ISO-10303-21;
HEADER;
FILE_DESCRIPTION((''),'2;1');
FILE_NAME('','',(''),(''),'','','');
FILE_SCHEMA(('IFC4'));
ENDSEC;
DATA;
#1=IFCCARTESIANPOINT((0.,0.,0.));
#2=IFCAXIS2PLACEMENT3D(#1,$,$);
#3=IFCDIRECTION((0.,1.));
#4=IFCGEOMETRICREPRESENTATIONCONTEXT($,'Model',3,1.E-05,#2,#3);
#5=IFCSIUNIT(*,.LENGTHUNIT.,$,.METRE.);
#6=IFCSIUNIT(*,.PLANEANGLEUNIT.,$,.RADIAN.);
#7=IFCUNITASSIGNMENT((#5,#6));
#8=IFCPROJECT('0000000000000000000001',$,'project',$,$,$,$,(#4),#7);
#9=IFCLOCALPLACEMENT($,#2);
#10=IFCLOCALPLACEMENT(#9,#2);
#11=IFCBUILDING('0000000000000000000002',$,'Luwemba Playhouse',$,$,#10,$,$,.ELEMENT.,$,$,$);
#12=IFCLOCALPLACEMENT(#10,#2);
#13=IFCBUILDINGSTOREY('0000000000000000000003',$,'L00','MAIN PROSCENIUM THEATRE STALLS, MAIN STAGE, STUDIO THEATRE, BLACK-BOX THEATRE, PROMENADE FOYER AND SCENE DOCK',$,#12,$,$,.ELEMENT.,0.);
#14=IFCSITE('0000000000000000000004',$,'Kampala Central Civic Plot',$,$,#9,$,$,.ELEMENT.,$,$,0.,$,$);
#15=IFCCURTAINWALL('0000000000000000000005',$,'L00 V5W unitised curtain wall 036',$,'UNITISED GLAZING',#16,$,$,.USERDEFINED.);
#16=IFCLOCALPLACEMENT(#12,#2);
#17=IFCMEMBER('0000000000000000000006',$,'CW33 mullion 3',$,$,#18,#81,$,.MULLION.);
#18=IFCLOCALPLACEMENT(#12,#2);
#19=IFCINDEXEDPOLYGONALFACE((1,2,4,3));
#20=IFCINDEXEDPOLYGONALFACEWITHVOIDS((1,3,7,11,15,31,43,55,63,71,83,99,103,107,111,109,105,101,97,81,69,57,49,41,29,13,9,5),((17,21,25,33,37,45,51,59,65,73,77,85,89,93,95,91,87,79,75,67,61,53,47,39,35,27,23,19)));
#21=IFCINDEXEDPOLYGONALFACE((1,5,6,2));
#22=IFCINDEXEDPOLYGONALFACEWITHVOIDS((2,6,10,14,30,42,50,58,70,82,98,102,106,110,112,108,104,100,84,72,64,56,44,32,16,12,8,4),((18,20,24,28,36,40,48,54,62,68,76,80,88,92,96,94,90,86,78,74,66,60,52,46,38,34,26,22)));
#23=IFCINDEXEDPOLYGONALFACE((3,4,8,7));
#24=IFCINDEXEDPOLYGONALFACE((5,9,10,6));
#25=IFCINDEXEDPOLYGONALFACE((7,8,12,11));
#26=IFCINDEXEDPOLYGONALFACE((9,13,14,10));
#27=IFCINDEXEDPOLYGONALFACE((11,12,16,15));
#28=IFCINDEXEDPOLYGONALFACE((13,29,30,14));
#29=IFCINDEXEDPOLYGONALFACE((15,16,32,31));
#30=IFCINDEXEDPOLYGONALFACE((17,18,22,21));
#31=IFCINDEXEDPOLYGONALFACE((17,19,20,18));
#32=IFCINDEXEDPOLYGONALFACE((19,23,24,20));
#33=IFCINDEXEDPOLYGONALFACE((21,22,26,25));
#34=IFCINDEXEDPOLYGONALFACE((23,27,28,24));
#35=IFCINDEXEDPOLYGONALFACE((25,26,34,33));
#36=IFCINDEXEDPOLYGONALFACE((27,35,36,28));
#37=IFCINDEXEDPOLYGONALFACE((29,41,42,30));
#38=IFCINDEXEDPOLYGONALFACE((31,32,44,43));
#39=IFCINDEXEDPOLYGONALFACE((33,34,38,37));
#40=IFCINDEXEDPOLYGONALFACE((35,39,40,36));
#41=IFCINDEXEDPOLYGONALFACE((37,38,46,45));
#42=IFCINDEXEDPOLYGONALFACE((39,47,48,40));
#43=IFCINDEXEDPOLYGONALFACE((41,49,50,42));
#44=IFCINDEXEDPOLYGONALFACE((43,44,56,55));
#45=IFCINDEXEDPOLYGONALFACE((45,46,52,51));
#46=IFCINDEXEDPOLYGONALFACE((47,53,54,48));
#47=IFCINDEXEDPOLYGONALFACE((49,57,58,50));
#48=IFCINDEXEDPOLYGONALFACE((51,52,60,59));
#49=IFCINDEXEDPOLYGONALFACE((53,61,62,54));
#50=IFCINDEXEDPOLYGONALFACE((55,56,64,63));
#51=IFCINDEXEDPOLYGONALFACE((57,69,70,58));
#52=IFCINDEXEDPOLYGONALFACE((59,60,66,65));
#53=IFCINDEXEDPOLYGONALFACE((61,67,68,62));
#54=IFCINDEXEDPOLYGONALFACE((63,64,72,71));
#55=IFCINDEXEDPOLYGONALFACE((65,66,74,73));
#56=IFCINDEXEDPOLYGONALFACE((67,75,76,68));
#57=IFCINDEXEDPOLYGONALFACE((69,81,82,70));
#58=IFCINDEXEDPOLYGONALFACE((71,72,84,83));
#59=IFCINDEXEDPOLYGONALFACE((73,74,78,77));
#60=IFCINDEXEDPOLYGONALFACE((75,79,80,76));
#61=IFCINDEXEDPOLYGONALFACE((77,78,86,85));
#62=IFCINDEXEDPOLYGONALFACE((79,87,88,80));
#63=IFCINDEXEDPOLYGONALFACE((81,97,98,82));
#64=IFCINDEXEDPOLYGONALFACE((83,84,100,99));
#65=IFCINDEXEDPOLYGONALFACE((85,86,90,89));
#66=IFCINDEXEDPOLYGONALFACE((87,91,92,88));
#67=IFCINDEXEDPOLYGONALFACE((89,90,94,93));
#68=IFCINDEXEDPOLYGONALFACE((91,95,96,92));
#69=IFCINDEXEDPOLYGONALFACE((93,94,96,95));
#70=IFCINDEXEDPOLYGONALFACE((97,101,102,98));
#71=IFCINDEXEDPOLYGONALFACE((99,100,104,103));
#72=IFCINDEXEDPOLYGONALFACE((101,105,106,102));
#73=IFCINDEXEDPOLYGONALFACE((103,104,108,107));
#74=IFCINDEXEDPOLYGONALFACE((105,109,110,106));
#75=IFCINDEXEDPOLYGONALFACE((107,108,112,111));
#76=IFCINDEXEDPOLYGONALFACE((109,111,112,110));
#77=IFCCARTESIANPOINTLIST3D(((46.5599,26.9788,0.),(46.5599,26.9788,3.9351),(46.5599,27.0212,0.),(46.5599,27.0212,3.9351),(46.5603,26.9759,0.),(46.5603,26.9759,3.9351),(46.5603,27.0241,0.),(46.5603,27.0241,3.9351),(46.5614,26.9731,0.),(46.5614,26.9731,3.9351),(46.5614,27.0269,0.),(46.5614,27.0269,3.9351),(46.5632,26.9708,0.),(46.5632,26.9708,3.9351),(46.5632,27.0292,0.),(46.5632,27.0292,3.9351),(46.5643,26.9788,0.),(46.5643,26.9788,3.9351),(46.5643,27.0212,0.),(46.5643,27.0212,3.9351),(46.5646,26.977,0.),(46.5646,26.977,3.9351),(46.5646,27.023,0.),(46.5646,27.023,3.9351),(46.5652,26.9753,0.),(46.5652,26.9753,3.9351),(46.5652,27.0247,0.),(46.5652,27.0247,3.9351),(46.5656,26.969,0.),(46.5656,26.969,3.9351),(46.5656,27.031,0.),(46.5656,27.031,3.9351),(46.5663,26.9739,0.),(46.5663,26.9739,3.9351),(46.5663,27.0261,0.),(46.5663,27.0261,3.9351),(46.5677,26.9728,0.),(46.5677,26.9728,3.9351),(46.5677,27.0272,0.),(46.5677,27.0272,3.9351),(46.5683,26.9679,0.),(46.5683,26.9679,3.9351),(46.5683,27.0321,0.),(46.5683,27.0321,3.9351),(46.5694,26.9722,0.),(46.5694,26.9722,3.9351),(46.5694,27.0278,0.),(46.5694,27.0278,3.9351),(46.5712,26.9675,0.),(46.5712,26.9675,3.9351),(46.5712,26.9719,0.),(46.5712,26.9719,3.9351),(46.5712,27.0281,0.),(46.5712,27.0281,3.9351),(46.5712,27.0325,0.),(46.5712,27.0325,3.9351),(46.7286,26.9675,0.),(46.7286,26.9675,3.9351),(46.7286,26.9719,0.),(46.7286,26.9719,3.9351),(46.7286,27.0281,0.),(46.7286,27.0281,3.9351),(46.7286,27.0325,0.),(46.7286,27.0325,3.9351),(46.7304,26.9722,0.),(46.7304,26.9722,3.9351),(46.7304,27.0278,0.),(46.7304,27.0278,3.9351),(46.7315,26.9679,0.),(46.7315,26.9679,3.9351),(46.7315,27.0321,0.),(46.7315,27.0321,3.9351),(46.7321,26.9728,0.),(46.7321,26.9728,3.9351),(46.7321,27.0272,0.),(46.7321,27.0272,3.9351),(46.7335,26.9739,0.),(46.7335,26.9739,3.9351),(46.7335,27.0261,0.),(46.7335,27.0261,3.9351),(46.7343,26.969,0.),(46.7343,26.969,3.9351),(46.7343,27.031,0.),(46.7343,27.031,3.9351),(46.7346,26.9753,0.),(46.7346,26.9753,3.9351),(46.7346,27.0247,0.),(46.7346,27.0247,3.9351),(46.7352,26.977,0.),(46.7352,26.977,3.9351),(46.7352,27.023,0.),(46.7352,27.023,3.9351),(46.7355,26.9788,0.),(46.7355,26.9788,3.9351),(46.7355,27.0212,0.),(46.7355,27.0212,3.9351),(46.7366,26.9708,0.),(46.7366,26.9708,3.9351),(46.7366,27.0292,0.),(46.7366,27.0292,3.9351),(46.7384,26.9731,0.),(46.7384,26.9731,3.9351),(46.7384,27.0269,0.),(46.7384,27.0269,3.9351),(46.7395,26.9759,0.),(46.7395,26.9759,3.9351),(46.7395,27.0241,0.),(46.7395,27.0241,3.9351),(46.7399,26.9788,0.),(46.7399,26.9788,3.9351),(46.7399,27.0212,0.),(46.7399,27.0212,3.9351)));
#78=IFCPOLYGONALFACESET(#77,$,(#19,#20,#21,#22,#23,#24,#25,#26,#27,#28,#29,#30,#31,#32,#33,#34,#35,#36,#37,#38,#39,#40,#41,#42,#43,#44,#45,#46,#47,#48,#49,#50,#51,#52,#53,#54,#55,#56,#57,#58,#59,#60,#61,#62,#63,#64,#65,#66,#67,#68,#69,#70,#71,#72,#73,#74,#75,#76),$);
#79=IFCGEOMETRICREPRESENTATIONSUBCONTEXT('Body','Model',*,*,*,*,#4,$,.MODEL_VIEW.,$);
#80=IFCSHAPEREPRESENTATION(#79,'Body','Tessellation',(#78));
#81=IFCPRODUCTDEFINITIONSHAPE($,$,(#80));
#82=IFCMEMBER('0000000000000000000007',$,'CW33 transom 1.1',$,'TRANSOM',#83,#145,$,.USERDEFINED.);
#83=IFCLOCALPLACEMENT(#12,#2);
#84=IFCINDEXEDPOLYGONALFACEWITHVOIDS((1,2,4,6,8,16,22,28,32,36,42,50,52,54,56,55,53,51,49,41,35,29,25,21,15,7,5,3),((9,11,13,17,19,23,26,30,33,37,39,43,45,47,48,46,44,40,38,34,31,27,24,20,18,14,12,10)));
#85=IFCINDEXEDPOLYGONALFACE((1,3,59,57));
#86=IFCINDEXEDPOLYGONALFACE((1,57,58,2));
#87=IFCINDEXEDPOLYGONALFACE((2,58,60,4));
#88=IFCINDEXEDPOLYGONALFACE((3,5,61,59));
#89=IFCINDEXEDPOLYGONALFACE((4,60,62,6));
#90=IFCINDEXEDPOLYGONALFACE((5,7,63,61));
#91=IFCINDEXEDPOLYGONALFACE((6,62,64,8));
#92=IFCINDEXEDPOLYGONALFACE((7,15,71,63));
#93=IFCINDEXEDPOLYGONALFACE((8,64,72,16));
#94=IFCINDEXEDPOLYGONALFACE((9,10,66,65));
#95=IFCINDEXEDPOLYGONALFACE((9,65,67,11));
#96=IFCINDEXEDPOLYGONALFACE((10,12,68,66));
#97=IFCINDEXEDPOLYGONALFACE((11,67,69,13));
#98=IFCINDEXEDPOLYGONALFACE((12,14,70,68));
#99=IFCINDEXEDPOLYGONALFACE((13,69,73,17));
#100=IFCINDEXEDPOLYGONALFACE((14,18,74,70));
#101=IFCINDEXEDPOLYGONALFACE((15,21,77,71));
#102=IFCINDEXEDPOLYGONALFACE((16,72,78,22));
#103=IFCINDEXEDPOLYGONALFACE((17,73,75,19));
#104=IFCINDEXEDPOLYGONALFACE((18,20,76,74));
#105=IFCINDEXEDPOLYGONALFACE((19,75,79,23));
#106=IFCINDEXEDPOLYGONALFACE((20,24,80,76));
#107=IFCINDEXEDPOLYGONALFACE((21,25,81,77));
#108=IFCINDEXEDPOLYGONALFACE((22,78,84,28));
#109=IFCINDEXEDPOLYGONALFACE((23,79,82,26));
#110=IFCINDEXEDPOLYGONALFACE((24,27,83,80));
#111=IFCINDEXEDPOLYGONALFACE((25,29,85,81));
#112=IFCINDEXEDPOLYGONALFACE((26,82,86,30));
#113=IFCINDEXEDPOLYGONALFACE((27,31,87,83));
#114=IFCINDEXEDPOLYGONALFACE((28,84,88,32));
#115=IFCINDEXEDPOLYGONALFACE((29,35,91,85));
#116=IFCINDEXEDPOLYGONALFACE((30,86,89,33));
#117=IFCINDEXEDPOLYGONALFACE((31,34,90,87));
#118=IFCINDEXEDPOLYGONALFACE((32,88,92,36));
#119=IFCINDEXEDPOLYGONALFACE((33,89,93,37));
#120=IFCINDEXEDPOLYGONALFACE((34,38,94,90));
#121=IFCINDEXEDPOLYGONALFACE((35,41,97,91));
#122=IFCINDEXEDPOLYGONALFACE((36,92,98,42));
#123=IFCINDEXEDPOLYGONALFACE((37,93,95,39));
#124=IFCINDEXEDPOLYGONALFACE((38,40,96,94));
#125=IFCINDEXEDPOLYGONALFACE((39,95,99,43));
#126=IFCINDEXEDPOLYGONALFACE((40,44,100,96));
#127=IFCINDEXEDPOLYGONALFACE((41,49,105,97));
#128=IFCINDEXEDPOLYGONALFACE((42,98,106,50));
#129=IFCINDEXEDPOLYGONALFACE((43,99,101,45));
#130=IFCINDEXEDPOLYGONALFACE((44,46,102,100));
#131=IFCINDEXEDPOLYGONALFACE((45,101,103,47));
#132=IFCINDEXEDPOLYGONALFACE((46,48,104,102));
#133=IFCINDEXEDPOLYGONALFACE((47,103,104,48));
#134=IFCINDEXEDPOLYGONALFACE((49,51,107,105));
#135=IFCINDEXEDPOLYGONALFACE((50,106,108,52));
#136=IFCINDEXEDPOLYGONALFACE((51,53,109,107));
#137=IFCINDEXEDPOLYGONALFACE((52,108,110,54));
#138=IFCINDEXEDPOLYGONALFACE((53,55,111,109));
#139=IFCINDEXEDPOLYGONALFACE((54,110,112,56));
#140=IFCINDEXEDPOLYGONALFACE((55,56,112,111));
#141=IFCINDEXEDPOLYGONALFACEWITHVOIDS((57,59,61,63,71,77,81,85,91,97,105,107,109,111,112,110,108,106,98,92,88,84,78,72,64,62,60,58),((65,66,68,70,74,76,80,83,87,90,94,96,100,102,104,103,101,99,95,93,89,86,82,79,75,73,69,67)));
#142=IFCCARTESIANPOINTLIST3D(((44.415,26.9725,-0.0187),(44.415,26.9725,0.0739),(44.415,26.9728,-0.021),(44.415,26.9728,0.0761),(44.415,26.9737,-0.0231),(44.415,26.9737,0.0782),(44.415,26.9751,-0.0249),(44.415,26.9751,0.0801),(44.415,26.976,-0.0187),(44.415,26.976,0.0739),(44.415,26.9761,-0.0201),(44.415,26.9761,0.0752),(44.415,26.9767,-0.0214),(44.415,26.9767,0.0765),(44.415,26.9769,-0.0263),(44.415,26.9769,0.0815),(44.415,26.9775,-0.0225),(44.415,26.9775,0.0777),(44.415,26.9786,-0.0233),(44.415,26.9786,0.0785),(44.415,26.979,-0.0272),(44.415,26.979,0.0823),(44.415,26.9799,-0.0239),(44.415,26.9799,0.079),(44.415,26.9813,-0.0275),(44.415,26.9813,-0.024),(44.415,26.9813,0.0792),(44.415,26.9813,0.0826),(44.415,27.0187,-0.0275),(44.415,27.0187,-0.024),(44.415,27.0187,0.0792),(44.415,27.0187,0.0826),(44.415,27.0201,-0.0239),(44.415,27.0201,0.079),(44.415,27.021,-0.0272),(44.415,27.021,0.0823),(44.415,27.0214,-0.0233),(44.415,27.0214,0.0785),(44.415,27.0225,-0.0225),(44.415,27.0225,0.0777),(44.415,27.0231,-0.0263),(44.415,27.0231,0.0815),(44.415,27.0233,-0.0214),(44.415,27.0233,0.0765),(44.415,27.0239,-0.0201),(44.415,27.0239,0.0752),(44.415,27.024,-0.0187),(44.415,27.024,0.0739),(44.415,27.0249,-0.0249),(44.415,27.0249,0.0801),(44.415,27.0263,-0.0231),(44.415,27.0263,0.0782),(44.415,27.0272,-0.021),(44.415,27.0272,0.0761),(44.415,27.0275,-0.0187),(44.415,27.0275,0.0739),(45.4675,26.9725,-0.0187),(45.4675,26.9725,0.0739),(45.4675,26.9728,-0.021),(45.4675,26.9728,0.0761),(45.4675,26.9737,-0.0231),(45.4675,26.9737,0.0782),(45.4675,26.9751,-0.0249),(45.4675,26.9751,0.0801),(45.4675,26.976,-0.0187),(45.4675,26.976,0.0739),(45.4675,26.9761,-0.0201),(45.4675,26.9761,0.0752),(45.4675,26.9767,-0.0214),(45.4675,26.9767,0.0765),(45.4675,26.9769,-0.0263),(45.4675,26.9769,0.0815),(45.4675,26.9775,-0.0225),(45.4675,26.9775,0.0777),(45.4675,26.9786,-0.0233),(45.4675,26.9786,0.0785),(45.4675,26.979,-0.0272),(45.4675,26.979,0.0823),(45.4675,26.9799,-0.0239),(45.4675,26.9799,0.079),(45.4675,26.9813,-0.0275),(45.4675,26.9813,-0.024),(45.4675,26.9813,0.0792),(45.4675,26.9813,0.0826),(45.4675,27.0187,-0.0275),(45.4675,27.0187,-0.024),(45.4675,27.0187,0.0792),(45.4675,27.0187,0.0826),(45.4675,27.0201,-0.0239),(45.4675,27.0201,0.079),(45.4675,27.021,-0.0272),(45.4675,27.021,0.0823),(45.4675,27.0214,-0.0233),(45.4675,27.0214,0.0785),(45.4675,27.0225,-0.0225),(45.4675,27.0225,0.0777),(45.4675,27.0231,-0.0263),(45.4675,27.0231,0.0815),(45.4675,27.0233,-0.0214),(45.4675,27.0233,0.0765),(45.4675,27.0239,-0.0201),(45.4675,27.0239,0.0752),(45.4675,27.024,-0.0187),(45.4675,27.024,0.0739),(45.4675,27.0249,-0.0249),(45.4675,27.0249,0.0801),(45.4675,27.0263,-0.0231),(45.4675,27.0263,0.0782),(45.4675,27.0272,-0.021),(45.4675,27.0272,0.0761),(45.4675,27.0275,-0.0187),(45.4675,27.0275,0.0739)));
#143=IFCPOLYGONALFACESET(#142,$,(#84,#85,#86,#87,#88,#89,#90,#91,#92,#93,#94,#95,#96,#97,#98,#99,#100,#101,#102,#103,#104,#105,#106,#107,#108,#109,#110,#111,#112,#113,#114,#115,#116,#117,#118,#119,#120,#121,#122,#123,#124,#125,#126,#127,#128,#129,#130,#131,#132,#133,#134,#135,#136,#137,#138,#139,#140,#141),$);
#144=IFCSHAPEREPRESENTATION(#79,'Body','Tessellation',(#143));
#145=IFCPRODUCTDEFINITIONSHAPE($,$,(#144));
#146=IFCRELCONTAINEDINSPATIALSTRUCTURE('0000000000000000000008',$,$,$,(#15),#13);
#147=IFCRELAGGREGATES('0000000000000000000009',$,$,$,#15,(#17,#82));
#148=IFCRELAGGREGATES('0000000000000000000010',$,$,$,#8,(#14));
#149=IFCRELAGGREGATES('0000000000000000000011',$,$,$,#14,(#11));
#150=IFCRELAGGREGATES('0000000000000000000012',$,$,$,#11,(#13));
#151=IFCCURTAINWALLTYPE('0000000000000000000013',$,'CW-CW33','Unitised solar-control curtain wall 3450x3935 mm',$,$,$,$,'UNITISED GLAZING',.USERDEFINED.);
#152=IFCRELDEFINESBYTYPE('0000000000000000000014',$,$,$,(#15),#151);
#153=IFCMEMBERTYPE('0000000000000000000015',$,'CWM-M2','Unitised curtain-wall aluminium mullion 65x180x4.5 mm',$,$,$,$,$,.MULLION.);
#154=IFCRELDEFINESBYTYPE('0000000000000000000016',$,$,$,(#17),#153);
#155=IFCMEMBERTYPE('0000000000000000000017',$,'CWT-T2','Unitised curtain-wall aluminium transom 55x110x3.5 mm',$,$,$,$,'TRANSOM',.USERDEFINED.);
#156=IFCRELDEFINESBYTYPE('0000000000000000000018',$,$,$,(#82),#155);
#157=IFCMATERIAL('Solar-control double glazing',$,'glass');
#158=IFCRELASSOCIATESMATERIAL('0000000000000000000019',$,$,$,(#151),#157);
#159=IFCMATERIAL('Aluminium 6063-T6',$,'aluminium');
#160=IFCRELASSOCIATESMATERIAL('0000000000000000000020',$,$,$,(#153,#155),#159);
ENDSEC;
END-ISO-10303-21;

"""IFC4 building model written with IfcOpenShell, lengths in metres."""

from ifc_helpers import new_model, si_unit, direction, frame, origin, origin_2d, place, context, subcontext, project, spatial, hollow_rectangle, extrude, material, material_profile, profile_set, type_object, element, aggregate, save


model = new_model("IFC4")

# Units and contexts
model_context = context("Model", 3, precision=1e-05, world=origin(), true_north=direction((0.0, 1.0)))
body_context = subcontext(model_context, "Body", "Model", "MODEL_VIEW")
ifc_project = project(units=[si_unit("LENGTHUNIT", "METRE"), si_unit("PLANEANGLEUNIT", "RADIAN")], contexts=[model_context])

# Site, building, storey
site_placement = place(None, origin())
site = spatial("IfcSite", under=ifc_project, at=site_placement, Name="Kampala Central Civic Plot", CompositionType="ELEMENT", RefElevation=0.0)
building_placement = place(site_placement, origin())
building = spatial("IfcBuilding", under=site, at=building_placement, Name="Luwemba Playhouse", CompositionType="ELEMENT")
storey_placement = place(building_placement, origin())
storey = spatial("IfcBuildingStorey", under=building, at=storey_placement, Name="L00", Description="MAIN PROSCENIUM THEATRE STALLS, MAIN STAGE, STUDIO THEATRE, BLACK-BOX THEATRE, PROMENADE FOYER AND SCENE DOCK", CompositionType="ELEMENT", Elevation=0.0)

# Curtain wall, members
ifc_material_1 = material(Name="Solar-control double glazing", Category="glass")
curtain_wall_type = type_object("IfcCurtainWallType", Name="CW-CW33", Description="Unitised solar-control curtain wall 3450x3935 mm", ElementType="UNITISED GLAZING", PredefinedType="USERDEFINED", material=ifc_material_1)
curtain_wall_placement = place(storey_placement, origin())
curtain_wall = element("IfcCurtainWall", 1, at=curtain_wall_placement, inside=storey, type_object=curtain_wall_type, Name="L00 V5W unitised curtain wall 036", ObjectType="UNITISED GLAZING", PredefinedType="USERDEFINED")
ifc_material_2 = material(Name="Aluminium 6063-T6", Category="aluminium")
ifc_material_profile_1 = material_profile(ifc_material_2, hollow_rectangle(XDim=0.0649, YDim=0.1799, WallThickness=0.0044, InnerFilletRadius=0.0068, OuterFilletRadius=0.0112, at=origin_2d()))
ifc_profile_set_1 = profile_set([ifc_material_profile_1], Name="Aluminium 6063-T6")
member_type_1 = type_object("IfcMemberType", Name="CWM-M2", Description="Unitised curtain-wall aluminium mullion 65x180x4.5 mm", PredefinedType="MULLION", material=ifc_profile_set_1)
member_1_placement = place(storey_placement, frame((46.6499, 27.0, 0.0), z_axis=(0.0, 0.0, 1.0), x_axis=(0.0, 1.0, 0.0)))
member_1 = element("IfcMember", 2, at=member_1_placement, type_object=member_type_1, Name="CW33 mullion 3", PredefinedType="MULLION", context=body_context, shape_type="SweptSolid", body=[
    extrude(hollow_rectangle(XDim=0.0649, YDim=0.1799, WallThickness=0.0044, InnerFilletRadius=0.0068, OuterFilletRadius=0.0112, at=origin_2d()), origin(), (0.0, 0.0, 1.0), 3.9351),
])
ifc_material_profile_2 = material_profile(ifc_material_2, hollow_rectangle(XDim=0.0549, YDim=0.1101, WallThickness=0.0034, InnerFilletRadius=0.0054, OuterFilletRadius=0.0088, at=origin_2d()))
ifc_profile_set_2 = profile_set([ifc_material_profile_2], Name="Aluminium 6063-T6")
member_type_2 = type_object("IfcMemberType", Name="CWT-T2", Description="Unitised curtain-wall aluminium transom 55x110x3.5 mm", ElementType="TRANSOM", PredefinedType="USERDEFINED", material=ifc_profile_set_2)
member_2_placement = place(storey_placement, frame((44.415, 27.0, 0.0276), z_axis=(1.0, 0.0, 0.0), x_axis=(0.0, 1.0, 0.0)))
member_2 = element("IfcMember", 3, at=member_2_placement, type_object=member_type_2, Name="CW33 transom 1.1", ObjectType="TRANSOM", PredefinedType="USERDEFINED", context=body_context, shape_type="SweptSolid", body=[
    extrude(hollow_rectangle(XDim=0.0549, YDim=0.1101, WallThickness=0.0034, InnerFilletRadius=0.0054, OuterFilletRadius=0.0088, at=origin_2d()), origin(), (0.0, 0.0, 1.0), 1.0525),
])
aggregate(curtain_wall, [member_1, member_2])

save(model, "model.ifc")
